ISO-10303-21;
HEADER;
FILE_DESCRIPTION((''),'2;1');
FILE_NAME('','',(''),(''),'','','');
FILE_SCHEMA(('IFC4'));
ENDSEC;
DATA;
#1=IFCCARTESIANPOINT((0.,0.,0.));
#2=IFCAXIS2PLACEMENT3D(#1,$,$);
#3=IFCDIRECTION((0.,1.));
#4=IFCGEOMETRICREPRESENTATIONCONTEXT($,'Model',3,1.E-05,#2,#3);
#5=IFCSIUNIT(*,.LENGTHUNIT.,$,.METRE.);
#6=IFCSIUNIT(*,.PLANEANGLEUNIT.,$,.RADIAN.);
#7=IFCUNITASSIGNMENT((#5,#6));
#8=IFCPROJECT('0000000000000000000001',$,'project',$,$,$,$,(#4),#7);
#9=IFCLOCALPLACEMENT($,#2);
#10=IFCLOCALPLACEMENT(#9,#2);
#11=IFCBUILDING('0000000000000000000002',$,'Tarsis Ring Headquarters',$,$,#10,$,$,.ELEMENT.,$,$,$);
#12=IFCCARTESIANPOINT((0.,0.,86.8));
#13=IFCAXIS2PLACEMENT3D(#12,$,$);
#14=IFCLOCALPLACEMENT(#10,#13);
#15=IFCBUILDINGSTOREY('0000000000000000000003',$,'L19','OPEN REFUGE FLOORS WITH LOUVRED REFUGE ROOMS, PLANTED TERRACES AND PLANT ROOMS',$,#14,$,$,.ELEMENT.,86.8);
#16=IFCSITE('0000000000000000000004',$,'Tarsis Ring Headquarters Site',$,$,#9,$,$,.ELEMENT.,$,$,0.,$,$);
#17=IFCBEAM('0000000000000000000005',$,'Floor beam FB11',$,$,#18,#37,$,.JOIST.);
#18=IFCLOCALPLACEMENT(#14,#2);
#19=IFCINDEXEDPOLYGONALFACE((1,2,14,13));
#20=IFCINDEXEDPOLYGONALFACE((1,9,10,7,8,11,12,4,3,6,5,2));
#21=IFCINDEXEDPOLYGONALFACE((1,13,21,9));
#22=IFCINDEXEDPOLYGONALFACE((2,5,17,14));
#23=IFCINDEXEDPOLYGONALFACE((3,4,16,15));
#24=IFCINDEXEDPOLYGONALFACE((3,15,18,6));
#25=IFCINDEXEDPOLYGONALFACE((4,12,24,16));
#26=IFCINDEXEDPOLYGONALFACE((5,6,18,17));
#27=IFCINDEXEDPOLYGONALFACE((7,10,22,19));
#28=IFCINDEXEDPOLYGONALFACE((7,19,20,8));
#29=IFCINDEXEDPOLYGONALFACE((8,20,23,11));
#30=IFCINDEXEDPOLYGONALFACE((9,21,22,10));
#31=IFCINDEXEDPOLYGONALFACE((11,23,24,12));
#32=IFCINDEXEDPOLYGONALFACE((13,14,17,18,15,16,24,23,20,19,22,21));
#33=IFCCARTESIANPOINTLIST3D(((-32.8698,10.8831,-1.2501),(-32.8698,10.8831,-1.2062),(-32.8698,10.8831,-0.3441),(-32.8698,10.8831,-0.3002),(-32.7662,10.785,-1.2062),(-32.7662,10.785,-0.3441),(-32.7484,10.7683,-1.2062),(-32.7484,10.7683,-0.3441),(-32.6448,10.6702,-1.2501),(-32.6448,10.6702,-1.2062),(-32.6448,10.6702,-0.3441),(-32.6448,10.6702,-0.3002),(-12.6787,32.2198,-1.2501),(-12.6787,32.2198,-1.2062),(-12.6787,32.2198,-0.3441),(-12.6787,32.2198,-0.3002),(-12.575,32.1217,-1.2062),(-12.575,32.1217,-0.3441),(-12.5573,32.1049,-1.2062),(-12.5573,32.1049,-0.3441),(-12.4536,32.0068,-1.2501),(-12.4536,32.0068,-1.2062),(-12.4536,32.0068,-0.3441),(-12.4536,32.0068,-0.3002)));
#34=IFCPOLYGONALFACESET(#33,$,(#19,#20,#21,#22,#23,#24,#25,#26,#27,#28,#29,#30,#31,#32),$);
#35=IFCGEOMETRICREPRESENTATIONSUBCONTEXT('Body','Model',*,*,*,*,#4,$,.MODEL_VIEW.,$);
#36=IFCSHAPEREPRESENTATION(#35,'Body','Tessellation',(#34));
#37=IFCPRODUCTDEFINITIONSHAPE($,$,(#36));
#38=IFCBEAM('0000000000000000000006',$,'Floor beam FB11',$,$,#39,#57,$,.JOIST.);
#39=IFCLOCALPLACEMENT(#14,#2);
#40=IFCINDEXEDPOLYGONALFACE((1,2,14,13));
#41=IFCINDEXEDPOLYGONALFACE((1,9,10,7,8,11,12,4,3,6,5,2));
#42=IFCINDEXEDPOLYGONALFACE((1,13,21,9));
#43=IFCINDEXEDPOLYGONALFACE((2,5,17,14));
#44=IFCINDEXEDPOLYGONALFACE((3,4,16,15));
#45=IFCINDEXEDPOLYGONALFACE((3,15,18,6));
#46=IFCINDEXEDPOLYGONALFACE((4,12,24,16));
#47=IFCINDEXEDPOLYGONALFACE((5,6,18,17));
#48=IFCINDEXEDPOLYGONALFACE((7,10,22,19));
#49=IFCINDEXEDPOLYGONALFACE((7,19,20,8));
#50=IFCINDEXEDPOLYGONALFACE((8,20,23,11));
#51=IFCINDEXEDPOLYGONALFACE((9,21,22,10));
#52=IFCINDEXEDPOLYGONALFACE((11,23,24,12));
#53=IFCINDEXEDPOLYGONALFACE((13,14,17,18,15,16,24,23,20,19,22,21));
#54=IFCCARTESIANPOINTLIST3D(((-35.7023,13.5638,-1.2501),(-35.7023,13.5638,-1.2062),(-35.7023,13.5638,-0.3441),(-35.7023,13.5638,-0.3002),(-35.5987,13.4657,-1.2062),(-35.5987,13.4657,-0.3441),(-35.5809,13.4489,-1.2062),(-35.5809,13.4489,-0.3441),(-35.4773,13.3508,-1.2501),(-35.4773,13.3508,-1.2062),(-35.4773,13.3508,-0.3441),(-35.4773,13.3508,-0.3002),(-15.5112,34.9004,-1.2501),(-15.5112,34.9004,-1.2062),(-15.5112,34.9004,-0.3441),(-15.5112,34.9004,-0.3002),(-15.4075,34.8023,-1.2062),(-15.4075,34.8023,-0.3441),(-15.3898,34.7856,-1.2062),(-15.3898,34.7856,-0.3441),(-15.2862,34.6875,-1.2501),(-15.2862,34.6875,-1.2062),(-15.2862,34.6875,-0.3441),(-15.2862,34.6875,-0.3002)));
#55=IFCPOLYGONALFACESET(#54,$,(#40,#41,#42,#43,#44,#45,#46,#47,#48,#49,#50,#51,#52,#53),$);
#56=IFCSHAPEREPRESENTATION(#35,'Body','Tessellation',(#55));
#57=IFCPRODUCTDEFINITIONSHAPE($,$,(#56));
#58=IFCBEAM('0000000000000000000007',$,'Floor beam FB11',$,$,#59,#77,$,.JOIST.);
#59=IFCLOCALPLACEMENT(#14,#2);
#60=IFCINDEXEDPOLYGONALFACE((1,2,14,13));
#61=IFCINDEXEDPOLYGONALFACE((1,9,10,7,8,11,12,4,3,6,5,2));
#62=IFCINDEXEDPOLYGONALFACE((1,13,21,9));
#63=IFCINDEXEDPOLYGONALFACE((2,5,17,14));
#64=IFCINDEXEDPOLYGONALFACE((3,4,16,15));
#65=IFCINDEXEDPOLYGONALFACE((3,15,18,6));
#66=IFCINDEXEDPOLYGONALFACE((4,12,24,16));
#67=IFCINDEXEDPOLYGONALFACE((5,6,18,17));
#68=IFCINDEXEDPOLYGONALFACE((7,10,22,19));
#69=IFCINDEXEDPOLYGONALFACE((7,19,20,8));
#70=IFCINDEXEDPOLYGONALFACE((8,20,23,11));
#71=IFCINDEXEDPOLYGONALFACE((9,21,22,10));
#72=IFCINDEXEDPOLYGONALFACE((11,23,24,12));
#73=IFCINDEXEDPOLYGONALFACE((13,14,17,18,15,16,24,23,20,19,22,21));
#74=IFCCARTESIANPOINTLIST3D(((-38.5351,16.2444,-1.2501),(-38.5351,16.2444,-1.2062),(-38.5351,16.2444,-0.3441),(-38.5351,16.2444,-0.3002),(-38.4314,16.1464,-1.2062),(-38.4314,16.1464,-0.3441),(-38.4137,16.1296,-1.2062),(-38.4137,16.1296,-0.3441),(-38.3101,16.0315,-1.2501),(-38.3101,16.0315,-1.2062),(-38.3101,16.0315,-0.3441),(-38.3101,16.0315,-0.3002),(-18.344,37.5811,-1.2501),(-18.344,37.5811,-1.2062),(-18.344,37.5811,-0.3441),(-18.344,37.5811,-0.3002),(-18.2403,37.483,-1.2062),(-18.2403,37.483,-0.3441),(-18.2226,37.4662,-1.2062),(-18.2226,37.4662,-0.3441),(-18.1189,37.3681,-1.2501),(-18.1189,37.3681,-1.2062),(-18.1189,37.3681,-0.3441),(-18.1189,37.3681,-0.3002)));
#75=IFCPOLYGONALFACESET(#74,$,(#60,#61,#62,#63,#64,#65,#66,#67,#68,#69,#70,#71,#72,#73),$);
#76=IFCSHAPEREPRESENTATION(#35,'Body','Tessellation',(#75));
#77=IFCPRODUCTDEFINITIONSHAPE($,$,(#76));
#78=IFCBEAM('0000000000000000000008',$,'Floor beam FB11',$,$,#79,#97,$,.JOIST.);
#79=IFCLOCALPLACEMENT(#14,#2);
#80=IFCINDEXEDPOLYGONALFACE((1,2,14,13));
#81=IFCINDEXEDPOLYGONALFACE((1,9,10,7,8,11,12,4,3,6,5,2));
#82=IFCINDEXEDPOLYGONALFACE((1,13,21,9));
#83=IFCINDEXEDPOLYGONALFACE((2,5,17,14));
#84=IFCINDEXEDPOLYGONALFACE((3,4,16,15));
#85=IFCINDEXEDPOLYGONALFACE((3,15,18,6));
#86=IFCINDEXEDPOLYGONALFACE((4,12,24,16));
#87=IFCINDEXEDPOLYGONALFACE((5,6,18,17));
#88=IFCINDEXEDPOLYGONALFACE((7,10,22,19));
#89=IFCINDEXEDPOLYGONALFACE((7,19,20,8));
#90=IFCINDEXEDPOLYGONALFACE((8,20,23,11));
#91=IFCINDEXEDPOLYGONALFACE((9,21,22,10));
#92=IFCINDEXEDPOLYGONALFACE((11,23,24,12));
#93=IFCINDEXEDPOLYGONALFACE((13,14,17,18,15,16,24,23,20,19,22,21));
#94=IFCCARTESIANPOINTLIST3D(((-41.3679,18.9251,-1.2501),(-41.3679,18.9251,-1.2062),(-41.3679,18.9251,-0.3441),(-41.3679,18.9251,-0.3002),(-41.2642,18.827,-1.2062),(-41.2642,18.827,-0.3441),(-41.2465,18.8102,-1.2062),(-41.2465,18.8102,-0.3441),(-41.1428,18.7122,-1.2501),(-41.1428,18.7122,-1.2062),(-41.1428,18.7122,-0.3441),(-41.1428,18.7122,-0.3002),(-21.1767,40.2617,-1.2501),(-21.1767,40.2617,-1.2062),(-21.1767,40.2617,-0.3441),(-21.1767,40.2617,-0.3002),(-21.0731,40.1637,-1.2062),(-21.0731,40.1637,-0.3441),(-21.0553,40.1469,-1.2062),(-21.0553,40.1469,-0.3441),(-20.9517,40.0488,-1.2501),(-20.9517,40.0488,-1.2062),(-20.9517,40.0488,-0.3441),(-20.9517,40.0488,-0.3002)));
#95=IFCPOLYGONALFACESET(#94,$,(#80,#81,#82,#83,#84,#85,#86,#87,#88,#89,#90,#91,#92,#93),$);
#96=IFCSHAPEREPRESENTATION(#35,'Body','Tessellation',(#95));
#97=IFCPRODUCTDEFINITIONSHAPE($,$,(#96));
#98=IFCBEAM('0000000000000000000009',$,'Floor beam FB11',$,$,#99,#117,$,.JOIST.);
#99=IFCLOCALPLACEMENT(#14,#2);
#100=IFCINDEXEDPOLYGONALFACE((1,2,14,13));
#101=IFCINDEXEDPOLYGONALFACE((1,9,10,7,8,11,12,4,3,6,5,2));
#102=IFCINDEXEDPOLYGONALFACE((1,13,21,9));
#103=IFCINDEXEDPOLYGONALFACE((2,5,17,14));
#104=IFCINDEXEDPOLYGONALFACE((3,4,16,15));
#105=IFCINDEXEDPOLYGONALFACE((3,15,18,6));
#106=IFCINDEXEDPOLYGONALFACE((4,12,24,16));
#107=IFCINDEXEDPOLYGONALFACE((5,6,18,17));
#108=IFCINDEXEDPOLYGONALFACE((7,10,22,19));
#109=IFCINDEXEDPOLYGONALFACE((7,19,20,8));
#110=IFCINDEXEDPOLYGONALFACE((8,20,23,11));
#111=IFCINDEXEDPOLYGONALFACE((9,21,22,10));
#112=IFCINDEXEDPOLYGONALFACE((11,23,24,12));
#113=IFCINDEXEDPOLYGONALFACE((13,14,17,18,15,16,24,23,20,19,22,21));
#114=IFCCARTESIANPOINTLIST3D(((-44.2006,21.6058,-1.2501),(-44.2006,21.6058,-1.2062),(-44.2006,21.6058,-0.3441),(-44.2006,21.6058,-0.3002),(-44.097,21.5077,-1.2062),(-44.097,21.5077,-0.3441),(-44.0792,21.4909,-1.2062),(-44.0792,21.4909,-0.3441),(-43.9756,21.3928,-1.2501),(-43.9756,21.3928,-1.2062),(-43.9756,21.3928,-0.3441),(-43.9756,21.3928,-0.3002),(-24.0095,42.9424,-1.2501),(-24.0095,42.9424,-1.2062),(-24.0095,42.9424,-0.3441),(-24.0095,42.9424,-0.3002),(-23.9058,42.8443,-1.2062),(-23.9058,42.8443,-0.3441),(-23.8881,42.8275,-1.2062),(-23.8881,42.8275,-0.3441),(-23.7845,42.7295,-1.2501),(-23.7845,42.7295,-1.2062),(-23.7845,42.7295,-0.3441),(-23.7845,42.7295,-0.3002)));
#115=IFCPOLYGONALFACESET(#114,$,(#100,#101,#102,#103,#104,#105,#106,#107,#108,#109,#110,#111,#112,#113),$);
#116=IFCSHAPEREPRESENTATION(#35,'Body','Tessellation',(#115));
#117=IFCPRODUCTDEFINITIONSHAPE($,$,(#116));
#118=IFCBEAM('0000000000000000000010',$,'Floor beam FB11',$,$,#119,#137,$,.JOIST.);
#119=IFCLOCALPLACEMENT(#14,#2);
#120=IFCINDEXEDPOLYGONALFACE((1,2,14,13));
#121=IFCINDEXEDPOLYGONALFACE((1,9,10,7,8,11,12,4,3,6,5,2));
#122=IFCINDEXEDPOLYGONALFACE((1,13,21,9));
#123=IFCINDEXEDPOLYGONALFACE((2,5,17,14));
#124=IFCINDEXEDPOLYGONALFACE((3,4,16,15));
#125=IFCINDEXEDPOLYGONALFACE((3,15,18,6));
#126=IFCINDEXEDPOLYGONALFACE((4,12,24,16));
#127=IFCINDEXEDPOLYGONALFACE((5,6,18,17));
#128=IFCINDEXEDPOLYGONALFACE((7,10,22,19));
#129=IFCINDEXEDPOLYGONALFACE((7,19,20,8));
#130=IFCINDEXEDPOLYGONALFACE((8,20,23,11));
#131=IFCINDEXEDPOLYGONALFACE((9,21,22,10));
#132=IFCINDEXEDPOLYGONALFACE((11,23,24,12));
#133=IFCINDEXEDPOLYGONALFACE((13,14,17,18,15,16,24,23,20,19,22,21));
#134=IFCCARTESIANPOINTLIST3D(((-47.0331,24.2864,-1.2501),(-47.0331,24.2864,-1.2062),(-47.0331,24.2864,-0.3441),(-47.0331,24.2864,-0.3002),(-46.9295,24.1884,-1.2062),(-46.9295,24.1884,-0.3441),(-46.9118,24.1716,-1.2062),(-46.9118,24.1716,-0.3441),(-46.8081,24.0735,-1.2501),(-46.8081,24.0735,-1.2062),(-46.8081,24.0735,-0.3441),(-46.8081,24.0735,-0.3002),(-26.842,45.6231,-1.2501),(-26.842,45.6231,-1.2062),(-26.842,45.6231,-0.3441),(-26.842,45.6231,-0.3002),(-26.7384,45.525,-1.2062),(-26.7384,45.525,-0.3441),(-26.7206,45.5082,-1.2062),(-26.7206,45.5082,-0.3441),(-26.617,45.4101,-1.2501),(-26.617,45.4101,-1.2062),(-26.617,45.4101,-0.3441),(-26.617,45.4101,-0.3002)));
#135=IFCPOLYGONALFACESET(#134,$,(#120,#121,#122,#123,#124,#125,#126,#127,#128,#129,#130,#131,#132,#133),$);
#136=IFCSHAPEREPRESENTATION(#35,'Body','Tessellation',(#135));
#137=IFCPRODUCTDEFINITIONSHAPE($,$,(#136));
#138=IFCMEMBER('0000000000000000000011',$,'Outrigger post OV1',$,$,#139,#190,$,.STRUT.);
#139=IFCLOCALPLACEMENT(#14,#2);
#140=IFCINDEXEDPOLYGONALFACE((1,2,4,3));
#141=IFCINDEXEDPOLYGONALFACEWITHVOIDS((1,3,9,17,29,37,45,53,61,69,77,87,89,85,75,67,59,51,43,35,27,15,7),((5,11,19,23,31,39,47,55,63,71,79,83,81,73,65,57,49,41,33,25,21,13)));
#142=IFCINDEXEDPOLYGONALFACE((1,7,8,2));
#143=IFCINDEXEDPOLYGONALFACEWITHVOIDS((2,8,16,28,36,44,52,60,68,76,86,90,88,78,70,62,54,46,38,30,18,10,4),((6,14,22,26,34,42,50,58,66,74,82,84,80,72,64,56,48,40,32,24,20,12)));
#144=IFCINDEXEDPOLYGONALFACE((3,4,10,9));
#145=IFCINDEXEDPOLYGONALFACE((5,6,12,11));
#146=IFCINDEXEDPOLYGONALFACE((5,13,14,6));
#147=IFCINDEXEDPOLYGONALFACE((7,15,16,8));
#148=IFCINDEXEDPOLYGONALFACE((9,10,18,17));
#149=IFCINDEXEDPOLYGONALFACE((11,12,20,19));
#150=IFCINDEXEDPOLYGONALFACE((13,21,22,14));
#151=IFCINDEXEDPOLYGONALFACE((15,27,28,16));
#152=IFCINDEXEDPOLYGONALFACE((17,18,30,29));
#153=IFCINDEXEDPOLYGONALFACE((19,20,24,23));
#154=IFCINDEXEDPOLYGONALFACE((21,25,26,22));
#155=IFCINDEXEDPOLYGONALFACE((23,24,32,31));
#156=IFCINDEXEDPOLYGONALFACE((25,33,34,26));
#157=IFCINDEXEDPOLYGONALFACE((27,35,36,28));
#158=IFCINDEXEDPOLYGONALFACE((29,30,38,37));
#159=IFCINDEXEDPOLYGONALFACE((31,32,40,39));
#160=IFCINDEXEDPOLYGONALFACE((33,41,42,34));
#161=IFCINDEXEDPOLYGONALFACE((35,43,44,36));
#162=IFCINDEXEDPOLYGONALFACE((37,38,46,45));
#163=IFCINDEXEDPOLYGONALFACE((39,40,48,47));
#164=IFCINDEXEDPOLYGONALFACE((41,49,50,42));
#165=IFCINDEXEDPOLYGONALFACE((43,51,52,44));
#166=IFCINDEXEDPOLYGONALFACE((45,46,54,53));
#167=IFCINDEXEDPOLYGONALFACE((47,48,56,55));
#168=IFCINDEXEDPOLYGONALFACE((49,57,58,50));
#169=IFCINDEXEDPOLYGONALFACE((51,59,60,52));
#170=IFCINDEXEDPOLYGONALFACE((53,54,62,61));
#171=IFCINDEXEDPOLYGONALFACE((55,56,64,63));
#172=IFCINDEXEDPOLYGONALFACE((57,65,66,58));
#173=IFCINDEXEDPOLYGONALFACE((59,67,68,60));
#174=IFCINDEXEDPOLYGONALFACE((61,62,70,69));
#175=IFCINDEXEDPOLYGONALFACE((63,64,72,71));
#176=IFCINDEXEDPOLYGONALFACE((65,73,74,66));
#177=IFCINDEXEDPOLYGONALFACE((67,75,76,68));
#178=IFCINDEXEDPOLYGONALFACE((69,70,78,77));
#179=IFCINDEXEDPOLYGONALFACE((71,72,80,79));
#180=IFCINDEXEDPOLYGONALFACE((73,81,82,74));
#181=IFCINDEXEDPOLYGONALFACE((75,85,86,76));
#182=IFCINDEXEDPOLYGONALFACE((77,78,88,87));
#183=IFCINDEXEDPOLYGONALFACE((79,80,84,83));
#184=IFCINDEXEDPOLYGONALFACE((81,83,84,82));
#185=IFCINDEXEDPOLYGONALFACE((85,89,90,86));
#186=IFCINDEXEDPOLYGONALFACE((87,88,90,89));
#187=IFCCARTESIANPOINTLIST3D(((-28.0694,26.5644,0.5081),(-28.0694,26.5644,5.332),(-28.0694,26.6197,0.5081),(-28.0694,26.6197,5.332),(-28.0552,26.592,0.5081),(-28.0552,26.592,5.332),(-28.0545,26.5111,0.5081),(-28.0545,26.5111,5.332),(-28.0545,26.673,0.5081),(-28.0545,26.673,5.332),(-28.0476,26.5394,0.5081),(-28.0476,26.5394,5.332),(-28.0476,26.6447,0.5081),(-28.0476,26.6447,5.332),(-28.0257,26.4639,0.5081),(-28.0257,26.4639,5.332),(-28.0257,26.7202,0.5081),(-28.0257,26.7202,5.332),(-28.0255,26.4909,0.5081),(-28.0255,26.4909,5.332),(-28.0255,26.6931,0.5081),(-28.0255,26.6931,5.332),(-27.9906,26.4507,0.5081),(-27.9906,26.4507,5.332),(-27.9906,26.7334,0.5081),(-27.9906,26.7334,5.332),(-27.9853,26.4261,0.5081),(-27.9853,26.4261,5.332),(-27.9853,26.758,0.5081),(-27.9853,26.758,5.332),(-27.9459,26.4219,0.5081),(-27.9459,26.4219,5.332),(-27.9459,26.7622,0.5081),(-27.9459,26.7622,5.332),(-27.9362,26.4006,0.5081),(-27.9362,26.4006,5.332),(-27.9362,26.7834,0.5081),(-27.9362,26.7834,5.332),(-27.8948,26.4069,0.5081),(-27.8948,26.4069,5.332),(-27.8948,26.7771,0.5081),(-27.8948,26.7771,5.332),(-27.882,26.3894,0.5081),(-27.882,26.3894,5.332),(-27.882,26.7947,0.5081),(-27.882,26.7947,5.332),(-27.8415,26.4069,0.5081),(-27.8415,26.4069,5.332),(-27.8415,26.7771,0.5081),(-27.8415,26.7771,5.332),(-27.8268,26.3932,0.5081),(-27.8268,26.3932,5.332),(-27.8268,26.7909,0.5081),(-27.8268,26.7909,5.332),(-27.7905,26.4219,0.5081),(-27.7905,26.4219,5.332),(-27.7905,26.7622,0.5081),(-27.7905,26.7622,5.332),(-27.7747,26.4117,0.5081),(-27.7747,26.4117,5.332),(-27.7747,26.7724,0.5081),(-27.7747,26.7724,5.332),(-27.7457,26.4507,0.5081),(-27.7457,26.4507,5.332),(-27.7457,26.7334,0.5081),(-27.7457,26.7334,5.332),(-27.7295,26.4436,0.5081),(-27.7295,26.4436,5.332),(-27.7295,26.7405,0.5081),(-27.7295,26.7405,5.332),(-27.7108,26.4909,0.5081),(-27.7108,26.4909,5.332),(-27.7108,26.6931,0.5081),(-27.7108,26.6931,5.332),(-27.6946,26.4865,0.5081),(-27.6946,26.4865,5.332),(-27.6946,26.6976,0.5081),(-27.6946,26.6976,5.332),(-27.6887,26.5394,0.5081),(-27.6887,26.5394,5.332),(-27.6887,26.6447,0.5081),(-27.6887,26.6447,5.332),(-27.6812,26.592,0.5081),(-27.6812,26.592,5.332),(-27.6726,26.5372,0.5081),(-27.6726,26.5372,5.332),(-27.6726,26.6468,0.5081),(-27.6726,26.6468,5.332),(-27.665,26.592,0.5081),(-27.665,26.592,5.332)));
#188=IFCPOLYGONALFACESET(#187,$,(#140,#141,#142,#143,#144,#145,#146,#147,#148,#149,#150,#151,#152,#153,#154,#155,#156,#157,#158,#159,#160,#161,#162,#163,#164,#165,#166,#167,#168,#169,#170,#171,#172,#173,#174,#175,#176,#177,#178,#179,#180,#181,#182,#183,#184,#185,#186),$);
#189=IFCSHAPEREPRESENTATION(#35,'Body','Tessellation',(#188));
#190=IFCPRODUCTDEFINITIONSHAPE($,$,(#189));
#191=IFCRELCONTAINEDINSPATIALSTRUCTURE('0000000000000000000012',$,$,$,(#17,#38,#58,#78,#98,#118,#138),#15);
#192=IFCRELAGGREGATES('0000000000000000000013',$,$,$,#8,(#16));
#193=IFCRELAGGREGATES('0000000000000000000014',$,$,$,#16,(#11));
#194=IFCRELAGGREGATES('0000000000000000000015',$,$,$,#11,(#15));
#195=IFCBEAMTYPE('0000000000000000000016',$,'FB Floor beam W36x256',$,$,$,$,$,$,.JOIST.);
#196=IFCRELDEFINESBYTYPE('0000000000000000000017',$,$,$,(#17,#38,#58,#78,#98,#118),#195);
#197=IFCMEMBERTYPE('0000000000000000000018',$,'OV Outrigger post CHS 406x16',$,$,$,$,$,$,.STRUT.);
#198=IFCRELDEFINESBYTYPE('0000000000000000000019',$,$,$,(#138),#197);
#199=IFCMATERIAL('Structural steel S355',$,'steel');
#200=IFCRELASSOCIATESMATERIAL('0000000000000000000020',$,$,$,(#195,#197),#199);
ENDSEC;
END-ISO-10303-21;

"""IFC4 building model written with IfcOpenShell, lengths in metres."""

from ifc_helpers import new_model, si_unit, direction, frame, origin, origin_2d, place, context, subcontext, project, spatial, hollow_circle, i_section, extrude, material, material_profile, profile_set, type_object, element, save


model = new_model("IFC4")

# Units and contexts
model_context = context("Model", 3, precision=1e-05, world=origin(), true_north=direction((0.0, 1.0)))
body_context = subcontext(model_context, "Body", "Model", "MODEL_VIEW")
ifc_project = project(units=[si_unit("LENGTHUNIT", "METRE"), si_unit("PLANEANGLEUNIT", "RADIAN")], contexts=[model_context])

# Site, building, storey
site_placement = place(None, origin())
site = spatial("IfcSite", under=ifc_project, at=site_placement, Name="Tarsis Ring Headquarters Site", CompositionType="ELEMENT", RefElevation=0.0)
building_placement = place(site_placement, origin())
building = spatial("IfcBuilding", under=site, at=building_placement, Name="Tarsis Ring Headquarters", CompositionType="ELEMENT")
storey_placement = place(building_placement, frame((0.0, 0.0, 86.8)))
storey = spatial("IfcBuildingStorey", under=building, at=storey_placement, Name="L19", Description="OPEN REFUGE FLOORS WITH LOUVRED REFUGE ROOMS, PLANTED TERRACES AND PLANT ROOMS", CompositionType="ELEMENT", Elevation=86.8)

# Beams
ifc_material_1 = material(Name="Structural steel S355", Category="steel")
ifc_material_profile_1 = material_profile(ifc_material_1, i_section(OverallWidth=0.3098, OverallDepth=0.95, WebThickness=0.0244, FlangeThickness=0.0439, at=origin_2d()), Name="W36x256")
ifc_profile_set_1 = profile_set([ifc_material_profile_1], Name="Structural steel S355")
beam_type_1 = type_object("IfcBeamType", Name="FB Floor beam W36x256", PredefinedType="JOIST", material=ifc_profile_set_1)
for number, where, z_axis, x_axis, name in (
    (1, (-12.5662, 32.1133, -0.7751), (-0.68734, -0.726335, 0.0), (0.726335, -0.68734, 0.0), "Floor beam FB11"),
    (2, (-15.3987, 34.7939, -0.7751), (-0.68734, -0.726335, 0.0), (0.726335, -0.68734, 0.0), "Floor beam FB11"),
    (3, (-18.2314, 37.4746, -0.7751), (-0.68734, -0.726335, 0.0), (0.726335, -0.68734, 0.0), "Floor beam FB11"),
    (4, (-21.0642, 40.1553, -0.7751), (-0.68734, -0.726335, 0.0), (0.726335, -0.68734, 0.0), "Floor beam FB11"),
    (5, (-23.897, 42.8359, -0.7751), (-0.68734, -0.726335, 0.0), (0.726335, -0.68734, 0.0), "Floor beam FB11"),
    (6, (-26.7295, 45.5166, -0.7751), (-0.68734, -0.726335, 0.0), (0.726335, -0.68734, 0.0), "Floor beam FB11"),
):
    element("IfcBeam", number, at=place(storey_placement, frame(where, z_axis=z_axis, x_axis=x_axis)), inside=storey, type_object=beam_type_1, Name=name, PredefinedType="JOIST", context=body_context, shape_type="SweptSolid", body=[
        extrude(i_section(OverallWidth=0.3098, OverallDepth=0.95, WebThickness=0.0244, FlangeThickness=0.0439, at=origin_2d()), origin(), (0.0, 0.0, 1.0), 29.3757),
    ])

# Member
ifc_material_profile_2 = material_profile(ifc_material_1, hollow_circle(Radius=0.2031, WallThickness=0.0161, at=origin_2d()), Name="CHS 406x16")
ifc_profile_set_2 = profile_set([ifc_material_profile_2], Name="Structural steel S355")
member_type_1 = type_object("IfcMemberType", Name="OV Outrigger post CHS 406x16", PredefinedType="STRUT", material=ifc_profile_set_2)
member_1_placement = place(storey_placement, frame((-27.8682, 26.592, 0.5081), z_axis=(0.0, 0.0, 1.0), x_axis=(1.0, 0.0, 0.0)))
element("IfcMember", 7, at=member_1_placement, inside=storey, type_object=member_type_1, Name="Outrigger post OV1", PredefinedType="STRUT", context=body_context, shape_type="SweptSolid", body=[
    extrude(hollow_circle(Radius=0.2031, WallThickness=0.0161, at=origin_2d()), origin(), (0.0, 0.0, 1.0), 4.824),
])

save(model, "model.ifc")
